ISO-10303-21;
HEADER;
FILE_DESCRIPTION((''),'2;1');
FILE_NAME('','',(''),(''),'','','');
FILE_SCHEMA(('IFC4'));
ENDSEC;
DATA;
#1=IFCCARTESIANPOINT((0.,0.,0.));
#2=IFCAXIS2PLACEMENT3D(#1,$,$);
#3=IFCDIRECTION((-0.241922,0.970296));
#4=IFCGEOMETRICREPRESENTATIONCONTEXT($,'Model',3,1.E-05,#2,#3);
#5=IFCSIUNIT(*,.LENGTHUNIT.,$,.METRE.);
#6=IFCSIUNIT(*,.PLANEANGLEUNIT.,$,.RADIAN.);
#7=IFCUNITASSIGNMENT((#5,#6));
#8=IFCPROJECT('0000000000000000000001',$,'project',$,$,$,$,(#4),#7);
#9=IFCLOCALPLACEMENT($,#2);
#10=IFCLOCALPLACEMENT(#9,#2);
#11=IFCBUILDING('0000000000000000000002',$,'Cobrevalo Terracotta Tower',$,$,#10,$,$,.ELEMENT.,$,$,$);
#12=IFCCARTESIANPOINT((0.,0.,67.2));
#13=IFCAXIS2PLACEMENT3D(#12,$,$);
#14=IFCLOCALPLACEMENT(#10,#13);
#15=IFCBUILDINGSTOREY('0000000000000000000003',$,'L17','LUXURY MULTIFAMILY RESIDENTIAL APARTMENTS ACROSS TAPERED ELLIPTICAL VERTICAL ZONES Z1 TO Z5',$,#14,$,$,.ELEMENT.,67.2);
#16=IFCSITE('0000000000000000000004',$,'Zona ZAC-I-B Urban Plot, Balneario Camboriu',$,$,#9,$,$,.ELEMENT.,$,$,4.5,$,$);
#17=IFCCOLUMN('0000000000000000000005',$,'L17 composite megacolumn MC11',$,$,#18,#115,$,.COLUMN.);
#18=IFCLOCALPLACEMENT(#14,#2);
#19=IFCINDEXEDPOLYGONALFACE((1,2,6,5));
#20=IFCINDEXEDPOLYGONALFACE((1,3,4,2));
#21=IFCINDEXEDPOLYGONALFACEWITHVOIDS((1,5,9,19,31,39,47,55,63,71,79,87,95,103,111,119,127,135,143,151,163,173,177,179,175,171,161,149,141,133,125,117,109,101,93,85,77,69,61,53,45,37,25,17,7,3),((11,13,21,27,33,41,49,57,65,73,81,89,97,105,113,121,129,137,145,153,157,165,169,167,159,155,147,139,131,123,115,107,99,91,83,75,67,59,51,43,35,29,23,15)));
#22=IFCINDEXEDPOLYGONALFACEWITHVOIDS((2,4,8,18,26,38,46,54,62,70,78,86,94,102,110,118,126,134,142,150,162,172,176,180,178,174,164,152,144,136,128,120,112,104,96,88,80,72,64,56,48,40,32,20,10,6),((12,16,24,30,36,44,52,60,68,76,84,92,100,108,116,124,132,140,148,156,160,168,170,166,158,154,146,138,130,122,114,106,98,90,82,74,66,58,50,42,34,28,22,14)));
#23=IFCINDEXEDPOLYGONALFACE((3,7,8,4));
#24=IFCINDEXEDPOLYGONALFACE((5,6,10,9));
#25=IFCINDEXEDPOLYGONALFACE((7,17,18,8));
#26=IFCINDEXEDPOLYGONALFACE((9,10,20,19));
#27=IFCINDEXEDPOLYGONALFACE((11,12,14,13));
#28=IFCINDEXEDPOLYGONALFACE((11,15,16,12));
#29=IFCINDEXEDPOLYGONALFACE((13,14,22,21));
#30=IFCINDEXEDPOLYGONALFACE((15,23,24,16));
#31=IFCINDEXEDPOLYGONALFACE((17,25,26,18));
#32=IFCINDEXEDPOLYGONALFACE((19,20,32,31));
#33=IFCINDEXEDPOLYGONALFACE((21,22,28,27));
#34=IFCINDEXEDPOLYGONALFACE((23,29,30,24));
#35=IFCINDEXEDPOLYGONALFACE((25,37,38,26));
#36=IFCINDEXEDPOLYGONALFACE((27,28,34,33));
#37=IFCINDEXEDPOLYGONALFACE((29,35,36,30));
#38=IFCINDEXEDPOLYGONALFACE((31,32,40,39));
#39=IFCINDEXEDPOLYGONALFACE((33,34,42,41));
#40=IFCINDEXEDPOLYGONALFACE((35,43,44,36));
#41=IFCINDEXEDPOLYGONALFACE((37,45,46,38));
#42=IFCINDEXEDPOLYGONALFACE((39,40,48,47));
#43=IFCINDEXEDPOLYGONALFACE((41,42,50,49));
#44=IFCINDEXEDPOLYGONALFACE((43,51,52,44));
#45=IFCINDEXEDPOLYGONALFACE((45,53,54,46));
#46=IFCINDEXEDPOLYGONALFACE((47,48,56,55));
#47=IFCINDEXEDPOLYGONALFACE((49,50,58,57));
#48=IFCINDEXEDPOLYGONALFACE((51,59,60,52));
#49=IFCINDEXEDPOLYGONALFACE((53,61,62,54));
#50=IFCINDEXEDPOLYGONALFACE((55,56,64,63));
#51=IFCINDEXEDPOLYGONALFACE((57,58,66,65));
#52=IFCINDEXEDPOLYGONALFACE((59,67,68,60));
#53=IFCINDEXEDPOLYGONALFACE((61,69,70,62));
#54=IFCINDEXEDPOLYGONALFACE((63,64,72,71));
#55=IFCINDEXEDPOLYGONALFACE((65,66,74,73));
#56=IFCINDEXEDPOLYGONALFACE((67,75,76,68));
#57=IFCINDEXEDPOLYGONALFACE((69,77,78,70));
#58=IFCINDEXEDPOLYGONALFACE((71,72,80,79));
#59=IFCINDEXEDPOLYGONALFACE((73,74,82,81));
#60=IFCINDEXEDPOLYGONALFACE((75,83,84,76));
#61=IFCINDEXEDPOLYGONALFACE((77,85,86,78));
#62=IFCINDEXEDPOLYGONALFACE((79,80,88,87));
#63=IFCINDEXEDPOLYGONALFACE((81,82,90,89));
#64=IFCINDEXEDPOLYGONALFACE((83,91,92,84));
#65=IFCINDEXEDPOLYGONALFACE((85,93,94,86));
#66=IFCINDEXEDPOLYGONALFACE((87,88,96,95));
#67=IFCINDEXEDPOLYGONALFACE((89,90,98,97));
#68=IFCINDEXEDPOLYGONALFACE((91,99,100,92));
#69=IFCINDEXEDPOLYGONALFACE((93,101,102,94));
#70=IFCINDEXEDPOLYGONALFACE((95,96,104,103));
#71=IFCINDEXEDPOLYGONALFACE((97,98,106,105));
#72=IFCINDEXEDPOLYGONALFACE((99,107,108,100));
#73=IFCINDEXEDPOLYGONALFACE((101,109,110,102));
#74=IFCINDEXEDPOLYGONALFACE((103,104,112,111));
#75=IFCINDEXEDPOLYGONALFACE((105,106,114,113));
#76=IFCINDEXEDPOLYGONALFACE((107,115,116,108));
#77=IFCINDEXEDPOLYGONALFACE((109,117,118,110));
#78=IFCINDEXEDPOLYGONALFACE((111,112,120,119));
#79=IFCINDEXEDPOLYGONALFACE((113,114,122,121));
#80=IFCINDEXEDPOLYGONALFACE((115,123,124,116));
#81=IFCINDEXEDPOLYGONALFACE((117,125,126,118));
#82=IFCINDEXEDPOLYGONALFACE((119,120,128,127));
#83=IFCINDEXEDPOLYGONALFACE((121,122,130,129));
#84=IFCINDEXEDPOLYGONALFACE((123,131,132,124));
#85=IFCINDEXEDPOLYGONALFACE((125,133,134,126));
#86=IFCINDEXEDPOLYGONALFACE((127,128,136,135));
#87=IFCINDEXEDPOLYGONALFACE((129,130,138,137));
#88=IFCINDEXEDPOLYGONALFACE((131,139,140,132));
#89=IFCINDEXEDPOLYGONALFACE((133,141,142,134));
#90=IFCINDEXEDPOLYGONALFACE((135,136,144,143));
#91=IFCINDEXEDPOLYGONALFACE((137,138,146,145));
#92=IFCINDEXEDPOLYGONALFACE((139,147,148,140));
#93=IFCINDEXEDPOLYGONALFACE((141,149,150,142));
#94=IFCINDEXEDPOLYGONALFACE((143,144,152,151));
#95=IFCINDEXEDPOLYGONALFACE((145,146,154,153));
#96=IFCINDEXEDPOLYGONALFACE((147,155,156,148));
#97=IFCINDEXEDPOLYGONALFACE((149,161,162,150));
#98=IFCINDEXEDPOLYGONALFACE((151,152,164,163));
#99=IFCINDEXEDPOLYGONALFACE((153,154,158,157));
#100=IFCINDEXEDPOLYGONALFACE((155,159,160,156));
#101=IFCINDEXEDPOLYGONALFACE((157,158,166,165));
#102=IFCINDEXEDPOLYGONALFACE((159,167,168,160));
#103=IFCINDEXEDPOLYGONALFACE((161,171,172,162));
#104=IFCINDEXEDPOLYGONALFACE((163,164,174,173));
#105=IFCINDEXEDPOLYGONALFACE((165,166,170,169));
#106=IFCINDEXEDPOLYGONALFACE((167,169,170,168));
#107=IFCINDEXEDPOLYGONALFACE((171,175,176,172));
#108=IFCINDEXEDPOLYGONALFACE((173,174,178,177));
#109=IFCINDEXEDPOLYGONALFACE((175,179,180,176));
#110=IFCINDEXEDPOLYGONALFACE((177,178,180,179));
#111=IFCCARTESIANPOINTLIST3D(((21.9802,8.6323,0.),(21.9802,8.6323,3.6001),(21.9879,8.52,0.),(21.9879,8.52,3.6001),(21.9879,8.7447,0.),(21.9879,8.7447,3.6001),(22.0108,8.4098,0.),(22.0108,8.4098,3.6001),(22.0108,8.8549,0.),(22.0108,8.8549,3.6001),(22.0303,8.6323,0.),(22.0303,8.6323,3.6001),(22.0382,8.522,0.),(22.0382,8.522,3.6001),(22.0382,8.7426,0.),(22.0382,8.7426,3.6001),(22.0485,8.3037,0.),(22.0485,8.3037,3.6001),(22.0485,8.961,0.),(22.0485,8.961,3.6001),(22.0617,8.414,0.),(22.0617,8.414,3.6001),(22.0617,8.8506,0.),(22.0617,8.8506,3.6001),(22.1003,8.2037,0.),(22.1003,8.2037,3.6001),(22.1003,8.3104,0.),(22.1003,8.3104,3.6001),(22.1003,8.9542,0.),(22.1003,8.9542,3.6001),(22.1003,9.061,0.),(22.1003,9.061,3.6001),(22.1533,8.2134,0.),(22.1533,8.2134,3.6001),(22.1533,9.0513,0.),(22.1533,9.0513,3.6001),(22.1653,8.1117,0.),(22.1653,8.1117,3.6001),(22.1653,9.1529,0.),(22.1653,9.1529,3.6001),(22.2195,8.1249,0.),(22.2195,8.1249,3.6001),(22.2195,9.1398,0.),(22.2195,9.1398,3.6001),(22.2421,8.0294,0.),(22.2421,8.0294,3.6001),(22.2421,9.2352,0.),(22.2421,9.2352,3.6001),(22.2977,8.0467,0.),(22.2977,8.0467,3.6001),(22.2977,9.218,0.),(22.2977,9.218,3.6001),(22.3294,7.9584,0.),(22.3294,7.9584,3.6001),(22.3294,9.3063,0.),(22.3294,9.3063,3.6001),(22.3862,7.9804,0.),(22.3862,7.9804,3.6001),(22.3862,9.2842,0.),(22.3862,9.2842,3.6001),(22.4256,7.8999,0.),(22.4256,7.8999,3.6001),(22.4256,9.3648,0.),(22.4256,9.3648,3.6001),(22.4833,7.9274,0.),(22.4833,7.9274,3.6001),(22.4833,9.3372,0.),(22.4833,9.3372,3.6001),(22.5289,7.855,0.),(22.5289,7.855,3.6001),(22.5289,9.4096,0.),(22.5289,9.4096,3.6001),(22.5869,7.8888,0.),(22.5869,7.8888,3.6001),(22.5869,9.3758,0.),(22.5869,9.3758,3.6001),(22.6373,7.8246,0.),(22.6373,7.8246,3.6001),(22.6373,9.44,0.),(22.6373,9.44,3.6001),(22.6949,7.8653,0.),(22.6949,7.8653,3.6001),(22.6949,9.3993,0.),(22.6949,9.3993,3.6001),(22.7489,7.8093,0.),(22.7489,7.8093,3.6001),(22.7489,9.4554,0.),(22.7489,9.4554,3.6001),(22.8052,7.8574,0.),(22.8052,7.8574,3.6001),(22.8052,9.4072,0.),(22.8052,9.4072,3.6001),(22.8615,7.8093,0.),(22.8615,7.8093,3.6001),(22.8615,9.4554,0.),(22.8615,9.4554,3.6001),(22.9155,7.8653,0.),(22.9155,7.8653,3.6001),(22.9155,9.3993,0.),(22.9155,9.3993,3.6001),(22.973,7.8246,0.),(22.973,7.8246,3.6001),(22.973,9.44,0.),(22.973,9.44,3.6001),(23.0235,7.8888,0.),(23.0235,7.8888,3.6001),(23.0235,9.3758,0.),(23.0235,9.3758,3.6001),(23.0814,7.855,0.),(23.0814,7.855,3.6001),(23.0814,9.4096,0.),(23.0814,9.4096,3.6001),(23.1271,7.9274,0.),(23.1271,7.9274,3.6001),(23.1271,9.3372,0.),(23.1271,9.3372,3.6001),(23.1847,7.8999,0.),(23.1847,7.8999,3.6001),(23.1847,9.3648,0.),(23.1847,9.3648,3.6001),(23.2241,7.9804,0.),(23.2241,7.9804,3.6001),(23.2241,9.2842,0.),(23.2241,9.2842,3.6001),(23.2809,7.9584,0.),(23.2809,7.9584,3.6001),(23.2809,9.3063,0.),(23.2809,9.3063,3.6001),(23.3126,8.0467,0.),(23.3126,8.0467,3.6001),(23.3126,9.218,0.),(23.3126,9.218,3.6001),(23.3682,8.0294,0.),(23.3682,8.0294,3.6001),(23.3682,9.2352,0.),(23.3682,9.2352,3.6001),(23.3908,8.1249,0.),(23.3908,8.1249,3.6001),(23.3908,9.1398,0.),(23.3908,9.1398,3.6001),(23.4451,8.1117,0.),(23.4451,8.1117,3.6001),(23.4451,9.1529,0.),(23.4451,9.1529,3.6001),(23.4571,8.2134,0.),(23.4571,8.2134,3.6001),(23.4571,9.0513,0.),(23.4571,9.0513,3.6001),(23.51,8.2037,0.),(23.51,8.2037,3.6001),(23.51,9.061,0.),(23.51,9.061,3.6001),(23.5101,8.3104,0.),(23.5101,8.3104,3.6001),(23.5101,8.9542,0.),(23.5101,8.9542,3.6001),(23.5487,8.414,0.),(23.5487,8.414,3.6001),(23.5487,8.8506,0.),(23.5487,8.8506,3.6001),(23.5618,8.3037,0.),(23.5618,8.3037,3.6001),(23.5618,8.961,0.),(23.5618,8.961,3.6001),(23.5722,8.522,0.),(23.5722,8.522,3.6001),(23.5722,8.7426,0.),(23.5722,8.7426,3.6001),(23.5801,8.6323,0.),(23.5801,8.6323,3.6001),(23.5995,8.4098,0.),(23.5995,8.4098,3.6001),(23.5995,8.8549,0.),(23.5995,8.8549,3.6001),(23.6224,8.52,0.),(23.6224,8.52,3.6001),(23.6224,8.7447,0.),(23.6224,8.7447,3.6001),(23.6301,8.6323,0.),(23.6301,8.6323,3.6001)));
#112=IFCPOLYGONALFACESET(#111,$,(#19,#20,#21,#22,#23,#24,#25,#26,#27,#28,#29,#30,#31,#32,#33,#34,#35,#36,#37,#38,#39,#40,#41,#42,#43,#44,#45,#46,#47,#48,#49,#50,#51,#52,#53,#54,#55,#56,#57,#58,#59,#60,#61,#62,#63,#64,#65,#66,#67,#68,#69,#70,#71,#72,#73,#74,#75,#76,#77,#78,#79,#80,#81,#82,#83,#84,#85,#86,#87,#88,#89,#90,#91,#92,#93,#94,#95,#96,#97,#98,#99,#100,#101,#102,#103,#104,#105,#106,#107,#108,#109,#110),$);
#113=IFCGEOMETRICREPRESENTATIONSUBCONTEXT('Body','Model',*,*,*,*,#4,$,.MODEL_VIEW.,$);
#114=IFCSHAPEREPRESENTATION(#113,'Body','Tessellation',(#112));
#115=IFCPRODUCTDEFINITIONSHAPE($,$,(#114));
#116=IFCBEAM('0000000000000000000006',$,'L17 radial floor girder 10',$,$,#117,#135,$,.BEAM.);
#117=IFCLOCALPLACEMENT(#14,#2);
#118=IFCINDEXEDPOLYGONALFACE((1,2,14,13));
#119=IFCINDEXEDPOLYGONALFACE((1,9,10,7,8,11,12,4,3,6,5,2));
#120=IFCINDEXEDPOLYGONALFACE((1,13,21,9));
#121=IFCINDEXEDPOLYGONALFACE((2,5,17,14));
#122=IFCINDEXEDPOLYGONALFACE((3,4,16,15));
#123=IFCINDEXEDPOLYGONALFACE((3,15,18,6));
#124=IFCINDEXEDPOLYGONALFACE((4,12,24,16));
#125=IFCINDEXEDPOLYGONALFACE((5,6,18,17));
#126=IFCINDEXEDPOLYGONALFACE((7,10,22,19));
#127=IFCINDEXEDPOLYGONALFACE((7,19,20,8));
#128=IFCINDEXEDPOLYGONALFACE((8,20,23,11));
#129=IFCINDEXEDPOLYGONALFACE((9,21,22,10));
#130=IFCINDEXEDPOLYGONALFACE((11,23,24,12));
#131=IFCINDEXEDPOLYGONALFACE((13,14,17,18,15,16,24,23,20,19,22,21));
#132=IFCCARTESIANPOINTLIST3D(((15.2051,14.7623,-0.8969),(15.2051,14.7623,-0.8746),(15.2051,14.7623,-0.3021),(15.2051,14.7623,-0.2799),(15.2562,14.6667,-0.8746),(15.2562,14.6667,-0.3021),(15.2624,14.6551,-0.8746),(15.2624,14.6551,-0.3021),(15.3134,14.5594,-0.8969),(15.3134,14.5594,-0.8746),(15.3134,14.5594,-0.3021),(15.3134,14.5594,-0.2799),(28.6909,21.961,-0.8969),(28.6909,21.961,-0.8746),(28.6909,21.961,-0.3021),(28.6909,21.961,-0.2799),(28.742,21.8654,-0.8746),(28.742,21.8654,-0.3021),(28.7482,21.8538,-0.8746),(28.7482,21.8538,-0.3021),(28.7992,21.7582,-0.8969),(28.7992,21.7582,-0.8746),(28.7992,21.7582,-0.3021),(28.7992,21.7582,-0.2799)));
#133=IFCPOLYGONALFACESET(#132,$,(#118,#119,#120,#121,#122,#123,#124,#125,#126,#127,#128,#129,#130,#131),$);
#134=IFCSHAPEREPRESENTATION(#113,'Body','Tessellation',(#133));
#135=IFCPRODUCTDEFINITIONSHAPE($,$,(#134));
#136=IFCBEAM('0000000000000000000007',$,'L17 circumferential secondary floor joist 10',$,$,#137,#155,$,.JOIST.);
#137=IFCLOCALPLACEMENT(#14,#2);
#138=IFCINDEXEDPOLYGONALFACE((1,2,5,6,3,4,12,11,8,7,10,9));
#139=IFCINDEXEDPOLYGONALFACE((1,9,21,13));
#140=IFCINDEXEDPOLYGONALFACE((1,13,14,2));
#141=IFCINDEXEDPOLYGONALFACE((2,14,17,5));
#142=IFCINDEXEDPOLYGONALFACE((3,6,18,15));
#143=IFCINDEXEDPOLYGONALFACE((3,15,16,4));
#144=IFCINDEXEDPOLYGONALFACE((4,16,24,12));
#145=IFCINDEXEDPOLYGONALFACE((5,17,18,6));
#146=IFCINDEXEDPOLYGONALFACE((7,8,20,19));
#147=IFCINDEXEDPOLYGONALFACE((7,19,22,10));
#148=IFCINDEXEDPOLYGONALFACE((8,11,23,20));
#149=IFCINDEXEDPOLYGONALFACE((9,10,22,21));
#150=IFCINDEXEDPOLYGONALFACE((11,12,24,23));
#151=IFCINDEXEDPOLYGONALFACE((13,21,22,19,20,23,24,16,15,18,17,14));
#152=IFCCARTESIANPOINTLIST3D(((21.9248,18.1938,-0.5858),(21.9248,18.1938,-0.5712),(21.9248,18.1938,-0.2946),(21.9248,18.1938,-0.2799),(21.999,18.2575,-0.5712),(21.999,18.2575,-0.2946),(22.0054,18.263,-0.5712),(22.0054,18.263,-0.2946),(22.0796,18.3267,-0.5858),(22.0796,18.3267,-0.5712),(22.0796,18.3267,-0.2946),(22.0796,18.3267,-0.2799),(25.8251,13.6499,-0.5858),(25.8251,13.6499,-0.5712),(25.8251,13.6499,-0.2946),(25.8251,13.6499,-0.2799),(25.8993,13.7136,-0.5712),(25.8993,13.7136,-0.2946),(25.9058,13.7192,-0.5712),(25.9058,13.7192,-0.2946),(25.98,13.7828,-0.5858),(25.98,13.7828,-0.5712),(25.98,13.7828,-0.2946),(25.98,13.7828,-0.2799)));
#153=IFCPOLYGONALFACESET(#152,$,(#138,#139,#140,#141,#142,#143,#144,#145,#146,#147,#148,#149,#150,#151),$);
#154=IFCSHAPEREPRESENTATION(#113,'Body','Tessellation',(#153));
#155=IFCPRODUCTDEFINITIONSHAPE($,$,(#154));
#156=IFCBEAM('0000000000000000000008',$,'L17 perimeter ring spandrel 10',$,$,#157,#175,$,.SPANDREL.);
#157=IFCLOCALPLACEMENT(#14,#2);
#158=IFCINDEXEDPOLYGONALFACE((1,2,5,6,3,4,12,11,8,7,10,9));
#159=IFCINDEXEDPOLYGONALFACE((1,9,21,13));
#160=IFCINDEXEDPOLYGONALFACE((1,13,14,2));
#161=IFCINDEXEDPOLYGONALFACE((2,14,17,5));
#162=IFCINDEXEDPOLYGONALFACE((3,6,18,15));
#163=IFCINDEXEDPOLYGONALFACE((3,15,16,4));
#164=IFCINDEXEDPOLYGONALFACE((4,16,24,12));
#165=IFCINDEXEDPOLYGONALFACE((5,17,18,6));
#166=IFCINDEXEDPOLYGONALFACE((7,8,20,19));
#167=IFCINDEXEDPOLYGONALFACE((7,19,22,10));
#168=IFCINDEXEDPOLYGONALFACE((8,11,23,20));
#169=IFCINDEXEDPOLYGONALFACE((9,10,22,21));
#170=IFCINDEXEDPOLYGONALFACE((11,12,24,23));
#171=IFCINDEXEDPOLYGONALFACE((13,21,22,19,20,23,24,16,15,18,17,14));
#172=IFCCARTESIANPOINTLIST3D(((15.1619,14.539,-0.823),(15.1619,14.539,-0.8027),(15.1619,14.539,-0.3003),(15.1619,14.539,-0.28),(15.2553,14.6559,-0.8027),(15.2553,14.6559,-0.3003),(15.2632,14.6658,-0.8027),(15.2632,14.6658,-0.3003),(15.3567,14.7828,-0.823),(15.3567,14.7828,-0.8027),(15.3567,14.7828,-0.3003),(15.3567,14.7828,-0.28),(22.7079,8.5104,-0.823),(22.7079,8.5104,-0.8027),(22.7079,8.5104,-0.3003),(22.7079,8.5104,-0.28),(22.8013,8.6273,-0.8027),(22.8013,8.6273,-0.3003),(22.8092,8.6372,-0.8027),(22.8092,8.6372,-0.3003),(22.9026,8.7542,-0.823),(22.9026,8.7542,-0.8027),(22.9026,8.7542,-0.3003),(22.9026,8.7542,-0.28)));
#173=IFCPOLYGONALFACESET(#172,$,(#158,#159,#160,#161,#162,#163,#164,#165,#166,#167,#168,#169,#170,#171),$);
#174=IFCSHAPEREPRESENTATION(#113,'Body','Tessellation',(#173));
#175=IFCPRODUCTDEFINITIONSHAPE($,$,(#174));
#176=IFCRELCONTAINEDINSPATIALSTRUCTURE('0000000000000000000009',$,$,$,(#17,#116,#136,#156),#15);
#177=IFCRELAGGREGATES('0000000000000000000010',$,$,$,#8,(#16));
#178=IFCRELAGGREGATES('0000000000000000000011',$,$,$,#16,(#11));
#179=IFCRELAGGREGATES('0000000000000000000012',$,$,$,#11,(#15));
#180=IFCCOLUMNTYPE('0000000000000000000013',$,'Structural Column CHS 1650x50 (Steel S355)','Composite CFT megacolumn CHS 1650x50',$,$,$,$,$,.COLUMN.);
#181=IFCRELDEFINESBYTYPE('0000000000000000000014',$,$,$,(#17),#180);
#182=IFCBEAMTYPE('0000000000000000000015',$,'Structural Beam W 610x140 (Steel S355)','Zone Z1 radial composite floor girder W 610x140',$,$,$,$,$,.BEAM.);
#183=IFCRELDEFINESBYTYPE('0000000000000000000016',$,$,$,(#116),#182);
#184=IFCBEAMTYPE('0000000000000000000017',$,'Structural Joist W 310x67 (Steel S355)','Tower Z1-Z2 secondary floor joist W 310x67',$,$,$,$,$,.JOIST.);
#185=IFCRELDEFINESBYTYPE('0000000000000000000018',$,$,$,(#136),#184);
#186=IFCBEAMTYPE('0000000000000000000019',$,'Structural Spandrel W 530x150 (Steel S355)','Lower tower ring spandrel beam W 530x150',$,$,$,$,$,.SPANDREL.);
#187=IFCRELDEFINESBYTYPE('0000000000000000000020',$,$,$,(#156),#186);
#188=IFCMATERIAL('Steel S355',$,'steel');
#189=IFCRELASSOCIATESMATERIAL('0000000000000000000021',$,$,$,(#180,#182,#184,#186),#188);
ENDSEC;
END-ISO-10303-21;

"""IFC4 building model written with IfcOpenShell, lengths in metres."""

from ifc_helpers import new_model, si_unit, direction, frame, origin, origin_2d, place, context, subcontext, project, spatial, hollow_circle, i_section, extrude, material, material_profile, profile_set, type_object, element, save


model = new_model("IFC4")

# Units and contexts
model_context = context("Model", 3, precision=1e-05, world=origin(), true_north=direction((-0.241922, 0.970296)))
body_context = subcontext(model_context, "Body", "Model", "MODEL_VIEW")
ifc_project = project(units=[si_unit("LENGTHUNIT", "METRE"), si_unit("PLANEANGLEUNIT", "RADIAN")], contexts=[model_context])

# Site, building, storey
site_placement = place(None, origin())
site = spatial("IfcSite", under=ifc_project, at=site_placement, Name="Zona ZAC-I-B Urban Plot, Balneario Camboriu", CompositionType="ELEMENT", RefElevation=4.5)
building_placement = place(site_placement, origin())
building = spatial("IfcBuilding", under=site, at=building_placement, Name="Cobrevalo Terracotta Tower", CompositionType="ELEMENT")
storey_placement = place(building_placement, frame((0.0, 0.0, 67.2)))
storey = spatial("IfcBuildingStorey", under=building, at=storey_placement, Name="L17", Description="LUXURY MULTIFAMILY RESIDENTIAL APARTMENTS ACROSS TAPERED ELLIPTICAL VERTICAL ZONES Z1 TO Z5", CompositionType="ELEMENT", Elevation=67.2)

# Column
ifc_material_1 = material(Name="Steel S355", Category="steel")
ifc_material_profile_1 = material_profile(ifc_material_1, hollow_circle(Radius=0.825, WallThickness=0.05, at=origin_2d()), Name="CHS 1650x50")
ifc_profile_set_1 = profile_set([ifc_material_profile_1], Name="Steel S355")
column_type = type_object("IfcColumnType", Name="Structural Column CHS 1650x50 (Steel S355)", Description="Composite CFT megacolumn CHS 1650x50", PredefinedType="COLUMN", material=ifc_profile_set_1)
for number, where, z_axis, x_axis, name in (
    (1, (22.8052, 8.6323, 0.0), (0.0, 0.0, 1.0), (1.0, 0.0, 0.0), "L17 composite megacolumn MC11"),
):
    element("IfcColumn", number, at=place(storey_placement, frame(where, z_axis=z_axis, x_axis=x_axis)), inside=storey, type_object=column_type, Name=name, PredefinedType="COLUMN", context=body_context, shape_type="SweptSolid", body=[
        extrude(hollow_circle(Radius=0.825, WallThickness=0.05, at=origin_2d()), origin(), (0.0, 0.0, 1.0), 3.6001),
    ])

# Beams
ifc_material_profile_2 = material_profile(ifc_material_1, i_section(OverallWidth=0.23, OverallDepth=0.6169, WebThickness=0.0132, FlangeThickness=0.0222, at=origin_2d()), Name="W 610x140")
ifc_profile_set_2 = profile_set([ifc_material_profile_2], Name="Steel S355")
beam_type_1 = type_object("IfcBeamType", Name="Structural Beam W 610x140 (Steel S355)", Description="Zone Z1 radial composite floor girder W 610x140", PredefinedType="BEAM", material=ifc_profile_set_2)
beam_1_placement = place(storey_placement, frame((15.2593, 14.6609, -0.5884), z_axis=(0.882182, 0.470908, 0.0), x_axis=(-0.470908, 0.882182, 0.0)))
element("IfcBeam", 2, at=beam_1_placement, inside=storey, type_object=beam_type_1, Name="L17 radial floor girder 10", PredefinedType="BEAM", context=body_context, shape_type="SweptSolid", body=[
    extrude(i_section(OverallWidth=0.23, OverallDepth=0.6169, WebThickness=0.0132, FlangeThickness=0.0222, at=origin_2d()), origin(), (0.0, 0.0, 1.0), 15.2869),
])
ifc_material_profile_3 = material_profile(ifc_material_1, i_section(OverallWidth=0.2041, OverallDepth=0.3059, WebThickness=0.0085, FlangeThickness=0.0146, at=origin_2d()), Name="W 310x67")
ifc_profile_set_3 = profile_set([ifc_material_profile_3], Name="Steel S355")
beam_type_2 = type_object("IfcBeamType", Name="Structural Joist W 310x67 (Steel S355)", Description="Tower Z1-Z2 secondary floor joist W 310x67", PredefinedType="JOIST", material=ifc_profile_set_3)
beam_2_placement = place(storey_placement, frame((22.0022, 18.2603, -0.4329), z_axis=(0.651328, -0.758796, 0.0), x_axis=(0.758796, 0.651328, 0.0)))
element("IfcBeam", 3, at=beam_2_placement, inside=storey, type_object=beam_type_2, Name="L17 circumferential secondary floor joist 10", PredefinedType="JOIST", context=body_context, shape_type="SweptSolid", body=[
    extrude(i_section(OverallWidth=0.2041, OverallDepth=0.3059, WebThickness=0.0085, FlangeThickness=0.0146, at=origin_2d()), origin(), (0.0, 0.0, 1.0), 5.9883),
])
ifc_material_profile_4 = material_profile(ifc_material_1, i_section(OverallWidth=0.312, OverallDepth=0.543, WebThickness=0.0127, FlangeThickness=0.0203, at=origin_2d()), Name="W 530x150")
ifc_profile_set_4 = profile_set([ifc_material_profile_4], Name="Steel S355")
beam_type_3 = type_object("IfcBeamType", Name="Structural Spandrel W 530x150 (Steel S355)", Description="Lower tower ring spandrel beam W 530x150", PredefinedType="SPANDREL", material=ifc_profile_set_4)
beam_3_placement = place(storey_placement, frame((15.2593, 14.6609, -0.5515), z_axis=(0.78128, -0.62418, 0.0), x_axis=(0.62418, 0.78128, 0.0)))
element("IfcBeam", 4, at=beam_3_placement, inside=storey, type_object=beam_type_3, Name="L17 perimeter ring spandrel 10", PredefinedType="SPANDREL", context=body_context, shape_type="SweptSolid", body=[
    extrude(i_section(OverallWidth=0.312, OverallDepth=0.543, WebThickness=0.0127, FlangeThickness=0.0203, at=origin_2d()), origin(), (0.0, 0.0, 1.0), 9.6584),
])

save(model, "model.ifc")
